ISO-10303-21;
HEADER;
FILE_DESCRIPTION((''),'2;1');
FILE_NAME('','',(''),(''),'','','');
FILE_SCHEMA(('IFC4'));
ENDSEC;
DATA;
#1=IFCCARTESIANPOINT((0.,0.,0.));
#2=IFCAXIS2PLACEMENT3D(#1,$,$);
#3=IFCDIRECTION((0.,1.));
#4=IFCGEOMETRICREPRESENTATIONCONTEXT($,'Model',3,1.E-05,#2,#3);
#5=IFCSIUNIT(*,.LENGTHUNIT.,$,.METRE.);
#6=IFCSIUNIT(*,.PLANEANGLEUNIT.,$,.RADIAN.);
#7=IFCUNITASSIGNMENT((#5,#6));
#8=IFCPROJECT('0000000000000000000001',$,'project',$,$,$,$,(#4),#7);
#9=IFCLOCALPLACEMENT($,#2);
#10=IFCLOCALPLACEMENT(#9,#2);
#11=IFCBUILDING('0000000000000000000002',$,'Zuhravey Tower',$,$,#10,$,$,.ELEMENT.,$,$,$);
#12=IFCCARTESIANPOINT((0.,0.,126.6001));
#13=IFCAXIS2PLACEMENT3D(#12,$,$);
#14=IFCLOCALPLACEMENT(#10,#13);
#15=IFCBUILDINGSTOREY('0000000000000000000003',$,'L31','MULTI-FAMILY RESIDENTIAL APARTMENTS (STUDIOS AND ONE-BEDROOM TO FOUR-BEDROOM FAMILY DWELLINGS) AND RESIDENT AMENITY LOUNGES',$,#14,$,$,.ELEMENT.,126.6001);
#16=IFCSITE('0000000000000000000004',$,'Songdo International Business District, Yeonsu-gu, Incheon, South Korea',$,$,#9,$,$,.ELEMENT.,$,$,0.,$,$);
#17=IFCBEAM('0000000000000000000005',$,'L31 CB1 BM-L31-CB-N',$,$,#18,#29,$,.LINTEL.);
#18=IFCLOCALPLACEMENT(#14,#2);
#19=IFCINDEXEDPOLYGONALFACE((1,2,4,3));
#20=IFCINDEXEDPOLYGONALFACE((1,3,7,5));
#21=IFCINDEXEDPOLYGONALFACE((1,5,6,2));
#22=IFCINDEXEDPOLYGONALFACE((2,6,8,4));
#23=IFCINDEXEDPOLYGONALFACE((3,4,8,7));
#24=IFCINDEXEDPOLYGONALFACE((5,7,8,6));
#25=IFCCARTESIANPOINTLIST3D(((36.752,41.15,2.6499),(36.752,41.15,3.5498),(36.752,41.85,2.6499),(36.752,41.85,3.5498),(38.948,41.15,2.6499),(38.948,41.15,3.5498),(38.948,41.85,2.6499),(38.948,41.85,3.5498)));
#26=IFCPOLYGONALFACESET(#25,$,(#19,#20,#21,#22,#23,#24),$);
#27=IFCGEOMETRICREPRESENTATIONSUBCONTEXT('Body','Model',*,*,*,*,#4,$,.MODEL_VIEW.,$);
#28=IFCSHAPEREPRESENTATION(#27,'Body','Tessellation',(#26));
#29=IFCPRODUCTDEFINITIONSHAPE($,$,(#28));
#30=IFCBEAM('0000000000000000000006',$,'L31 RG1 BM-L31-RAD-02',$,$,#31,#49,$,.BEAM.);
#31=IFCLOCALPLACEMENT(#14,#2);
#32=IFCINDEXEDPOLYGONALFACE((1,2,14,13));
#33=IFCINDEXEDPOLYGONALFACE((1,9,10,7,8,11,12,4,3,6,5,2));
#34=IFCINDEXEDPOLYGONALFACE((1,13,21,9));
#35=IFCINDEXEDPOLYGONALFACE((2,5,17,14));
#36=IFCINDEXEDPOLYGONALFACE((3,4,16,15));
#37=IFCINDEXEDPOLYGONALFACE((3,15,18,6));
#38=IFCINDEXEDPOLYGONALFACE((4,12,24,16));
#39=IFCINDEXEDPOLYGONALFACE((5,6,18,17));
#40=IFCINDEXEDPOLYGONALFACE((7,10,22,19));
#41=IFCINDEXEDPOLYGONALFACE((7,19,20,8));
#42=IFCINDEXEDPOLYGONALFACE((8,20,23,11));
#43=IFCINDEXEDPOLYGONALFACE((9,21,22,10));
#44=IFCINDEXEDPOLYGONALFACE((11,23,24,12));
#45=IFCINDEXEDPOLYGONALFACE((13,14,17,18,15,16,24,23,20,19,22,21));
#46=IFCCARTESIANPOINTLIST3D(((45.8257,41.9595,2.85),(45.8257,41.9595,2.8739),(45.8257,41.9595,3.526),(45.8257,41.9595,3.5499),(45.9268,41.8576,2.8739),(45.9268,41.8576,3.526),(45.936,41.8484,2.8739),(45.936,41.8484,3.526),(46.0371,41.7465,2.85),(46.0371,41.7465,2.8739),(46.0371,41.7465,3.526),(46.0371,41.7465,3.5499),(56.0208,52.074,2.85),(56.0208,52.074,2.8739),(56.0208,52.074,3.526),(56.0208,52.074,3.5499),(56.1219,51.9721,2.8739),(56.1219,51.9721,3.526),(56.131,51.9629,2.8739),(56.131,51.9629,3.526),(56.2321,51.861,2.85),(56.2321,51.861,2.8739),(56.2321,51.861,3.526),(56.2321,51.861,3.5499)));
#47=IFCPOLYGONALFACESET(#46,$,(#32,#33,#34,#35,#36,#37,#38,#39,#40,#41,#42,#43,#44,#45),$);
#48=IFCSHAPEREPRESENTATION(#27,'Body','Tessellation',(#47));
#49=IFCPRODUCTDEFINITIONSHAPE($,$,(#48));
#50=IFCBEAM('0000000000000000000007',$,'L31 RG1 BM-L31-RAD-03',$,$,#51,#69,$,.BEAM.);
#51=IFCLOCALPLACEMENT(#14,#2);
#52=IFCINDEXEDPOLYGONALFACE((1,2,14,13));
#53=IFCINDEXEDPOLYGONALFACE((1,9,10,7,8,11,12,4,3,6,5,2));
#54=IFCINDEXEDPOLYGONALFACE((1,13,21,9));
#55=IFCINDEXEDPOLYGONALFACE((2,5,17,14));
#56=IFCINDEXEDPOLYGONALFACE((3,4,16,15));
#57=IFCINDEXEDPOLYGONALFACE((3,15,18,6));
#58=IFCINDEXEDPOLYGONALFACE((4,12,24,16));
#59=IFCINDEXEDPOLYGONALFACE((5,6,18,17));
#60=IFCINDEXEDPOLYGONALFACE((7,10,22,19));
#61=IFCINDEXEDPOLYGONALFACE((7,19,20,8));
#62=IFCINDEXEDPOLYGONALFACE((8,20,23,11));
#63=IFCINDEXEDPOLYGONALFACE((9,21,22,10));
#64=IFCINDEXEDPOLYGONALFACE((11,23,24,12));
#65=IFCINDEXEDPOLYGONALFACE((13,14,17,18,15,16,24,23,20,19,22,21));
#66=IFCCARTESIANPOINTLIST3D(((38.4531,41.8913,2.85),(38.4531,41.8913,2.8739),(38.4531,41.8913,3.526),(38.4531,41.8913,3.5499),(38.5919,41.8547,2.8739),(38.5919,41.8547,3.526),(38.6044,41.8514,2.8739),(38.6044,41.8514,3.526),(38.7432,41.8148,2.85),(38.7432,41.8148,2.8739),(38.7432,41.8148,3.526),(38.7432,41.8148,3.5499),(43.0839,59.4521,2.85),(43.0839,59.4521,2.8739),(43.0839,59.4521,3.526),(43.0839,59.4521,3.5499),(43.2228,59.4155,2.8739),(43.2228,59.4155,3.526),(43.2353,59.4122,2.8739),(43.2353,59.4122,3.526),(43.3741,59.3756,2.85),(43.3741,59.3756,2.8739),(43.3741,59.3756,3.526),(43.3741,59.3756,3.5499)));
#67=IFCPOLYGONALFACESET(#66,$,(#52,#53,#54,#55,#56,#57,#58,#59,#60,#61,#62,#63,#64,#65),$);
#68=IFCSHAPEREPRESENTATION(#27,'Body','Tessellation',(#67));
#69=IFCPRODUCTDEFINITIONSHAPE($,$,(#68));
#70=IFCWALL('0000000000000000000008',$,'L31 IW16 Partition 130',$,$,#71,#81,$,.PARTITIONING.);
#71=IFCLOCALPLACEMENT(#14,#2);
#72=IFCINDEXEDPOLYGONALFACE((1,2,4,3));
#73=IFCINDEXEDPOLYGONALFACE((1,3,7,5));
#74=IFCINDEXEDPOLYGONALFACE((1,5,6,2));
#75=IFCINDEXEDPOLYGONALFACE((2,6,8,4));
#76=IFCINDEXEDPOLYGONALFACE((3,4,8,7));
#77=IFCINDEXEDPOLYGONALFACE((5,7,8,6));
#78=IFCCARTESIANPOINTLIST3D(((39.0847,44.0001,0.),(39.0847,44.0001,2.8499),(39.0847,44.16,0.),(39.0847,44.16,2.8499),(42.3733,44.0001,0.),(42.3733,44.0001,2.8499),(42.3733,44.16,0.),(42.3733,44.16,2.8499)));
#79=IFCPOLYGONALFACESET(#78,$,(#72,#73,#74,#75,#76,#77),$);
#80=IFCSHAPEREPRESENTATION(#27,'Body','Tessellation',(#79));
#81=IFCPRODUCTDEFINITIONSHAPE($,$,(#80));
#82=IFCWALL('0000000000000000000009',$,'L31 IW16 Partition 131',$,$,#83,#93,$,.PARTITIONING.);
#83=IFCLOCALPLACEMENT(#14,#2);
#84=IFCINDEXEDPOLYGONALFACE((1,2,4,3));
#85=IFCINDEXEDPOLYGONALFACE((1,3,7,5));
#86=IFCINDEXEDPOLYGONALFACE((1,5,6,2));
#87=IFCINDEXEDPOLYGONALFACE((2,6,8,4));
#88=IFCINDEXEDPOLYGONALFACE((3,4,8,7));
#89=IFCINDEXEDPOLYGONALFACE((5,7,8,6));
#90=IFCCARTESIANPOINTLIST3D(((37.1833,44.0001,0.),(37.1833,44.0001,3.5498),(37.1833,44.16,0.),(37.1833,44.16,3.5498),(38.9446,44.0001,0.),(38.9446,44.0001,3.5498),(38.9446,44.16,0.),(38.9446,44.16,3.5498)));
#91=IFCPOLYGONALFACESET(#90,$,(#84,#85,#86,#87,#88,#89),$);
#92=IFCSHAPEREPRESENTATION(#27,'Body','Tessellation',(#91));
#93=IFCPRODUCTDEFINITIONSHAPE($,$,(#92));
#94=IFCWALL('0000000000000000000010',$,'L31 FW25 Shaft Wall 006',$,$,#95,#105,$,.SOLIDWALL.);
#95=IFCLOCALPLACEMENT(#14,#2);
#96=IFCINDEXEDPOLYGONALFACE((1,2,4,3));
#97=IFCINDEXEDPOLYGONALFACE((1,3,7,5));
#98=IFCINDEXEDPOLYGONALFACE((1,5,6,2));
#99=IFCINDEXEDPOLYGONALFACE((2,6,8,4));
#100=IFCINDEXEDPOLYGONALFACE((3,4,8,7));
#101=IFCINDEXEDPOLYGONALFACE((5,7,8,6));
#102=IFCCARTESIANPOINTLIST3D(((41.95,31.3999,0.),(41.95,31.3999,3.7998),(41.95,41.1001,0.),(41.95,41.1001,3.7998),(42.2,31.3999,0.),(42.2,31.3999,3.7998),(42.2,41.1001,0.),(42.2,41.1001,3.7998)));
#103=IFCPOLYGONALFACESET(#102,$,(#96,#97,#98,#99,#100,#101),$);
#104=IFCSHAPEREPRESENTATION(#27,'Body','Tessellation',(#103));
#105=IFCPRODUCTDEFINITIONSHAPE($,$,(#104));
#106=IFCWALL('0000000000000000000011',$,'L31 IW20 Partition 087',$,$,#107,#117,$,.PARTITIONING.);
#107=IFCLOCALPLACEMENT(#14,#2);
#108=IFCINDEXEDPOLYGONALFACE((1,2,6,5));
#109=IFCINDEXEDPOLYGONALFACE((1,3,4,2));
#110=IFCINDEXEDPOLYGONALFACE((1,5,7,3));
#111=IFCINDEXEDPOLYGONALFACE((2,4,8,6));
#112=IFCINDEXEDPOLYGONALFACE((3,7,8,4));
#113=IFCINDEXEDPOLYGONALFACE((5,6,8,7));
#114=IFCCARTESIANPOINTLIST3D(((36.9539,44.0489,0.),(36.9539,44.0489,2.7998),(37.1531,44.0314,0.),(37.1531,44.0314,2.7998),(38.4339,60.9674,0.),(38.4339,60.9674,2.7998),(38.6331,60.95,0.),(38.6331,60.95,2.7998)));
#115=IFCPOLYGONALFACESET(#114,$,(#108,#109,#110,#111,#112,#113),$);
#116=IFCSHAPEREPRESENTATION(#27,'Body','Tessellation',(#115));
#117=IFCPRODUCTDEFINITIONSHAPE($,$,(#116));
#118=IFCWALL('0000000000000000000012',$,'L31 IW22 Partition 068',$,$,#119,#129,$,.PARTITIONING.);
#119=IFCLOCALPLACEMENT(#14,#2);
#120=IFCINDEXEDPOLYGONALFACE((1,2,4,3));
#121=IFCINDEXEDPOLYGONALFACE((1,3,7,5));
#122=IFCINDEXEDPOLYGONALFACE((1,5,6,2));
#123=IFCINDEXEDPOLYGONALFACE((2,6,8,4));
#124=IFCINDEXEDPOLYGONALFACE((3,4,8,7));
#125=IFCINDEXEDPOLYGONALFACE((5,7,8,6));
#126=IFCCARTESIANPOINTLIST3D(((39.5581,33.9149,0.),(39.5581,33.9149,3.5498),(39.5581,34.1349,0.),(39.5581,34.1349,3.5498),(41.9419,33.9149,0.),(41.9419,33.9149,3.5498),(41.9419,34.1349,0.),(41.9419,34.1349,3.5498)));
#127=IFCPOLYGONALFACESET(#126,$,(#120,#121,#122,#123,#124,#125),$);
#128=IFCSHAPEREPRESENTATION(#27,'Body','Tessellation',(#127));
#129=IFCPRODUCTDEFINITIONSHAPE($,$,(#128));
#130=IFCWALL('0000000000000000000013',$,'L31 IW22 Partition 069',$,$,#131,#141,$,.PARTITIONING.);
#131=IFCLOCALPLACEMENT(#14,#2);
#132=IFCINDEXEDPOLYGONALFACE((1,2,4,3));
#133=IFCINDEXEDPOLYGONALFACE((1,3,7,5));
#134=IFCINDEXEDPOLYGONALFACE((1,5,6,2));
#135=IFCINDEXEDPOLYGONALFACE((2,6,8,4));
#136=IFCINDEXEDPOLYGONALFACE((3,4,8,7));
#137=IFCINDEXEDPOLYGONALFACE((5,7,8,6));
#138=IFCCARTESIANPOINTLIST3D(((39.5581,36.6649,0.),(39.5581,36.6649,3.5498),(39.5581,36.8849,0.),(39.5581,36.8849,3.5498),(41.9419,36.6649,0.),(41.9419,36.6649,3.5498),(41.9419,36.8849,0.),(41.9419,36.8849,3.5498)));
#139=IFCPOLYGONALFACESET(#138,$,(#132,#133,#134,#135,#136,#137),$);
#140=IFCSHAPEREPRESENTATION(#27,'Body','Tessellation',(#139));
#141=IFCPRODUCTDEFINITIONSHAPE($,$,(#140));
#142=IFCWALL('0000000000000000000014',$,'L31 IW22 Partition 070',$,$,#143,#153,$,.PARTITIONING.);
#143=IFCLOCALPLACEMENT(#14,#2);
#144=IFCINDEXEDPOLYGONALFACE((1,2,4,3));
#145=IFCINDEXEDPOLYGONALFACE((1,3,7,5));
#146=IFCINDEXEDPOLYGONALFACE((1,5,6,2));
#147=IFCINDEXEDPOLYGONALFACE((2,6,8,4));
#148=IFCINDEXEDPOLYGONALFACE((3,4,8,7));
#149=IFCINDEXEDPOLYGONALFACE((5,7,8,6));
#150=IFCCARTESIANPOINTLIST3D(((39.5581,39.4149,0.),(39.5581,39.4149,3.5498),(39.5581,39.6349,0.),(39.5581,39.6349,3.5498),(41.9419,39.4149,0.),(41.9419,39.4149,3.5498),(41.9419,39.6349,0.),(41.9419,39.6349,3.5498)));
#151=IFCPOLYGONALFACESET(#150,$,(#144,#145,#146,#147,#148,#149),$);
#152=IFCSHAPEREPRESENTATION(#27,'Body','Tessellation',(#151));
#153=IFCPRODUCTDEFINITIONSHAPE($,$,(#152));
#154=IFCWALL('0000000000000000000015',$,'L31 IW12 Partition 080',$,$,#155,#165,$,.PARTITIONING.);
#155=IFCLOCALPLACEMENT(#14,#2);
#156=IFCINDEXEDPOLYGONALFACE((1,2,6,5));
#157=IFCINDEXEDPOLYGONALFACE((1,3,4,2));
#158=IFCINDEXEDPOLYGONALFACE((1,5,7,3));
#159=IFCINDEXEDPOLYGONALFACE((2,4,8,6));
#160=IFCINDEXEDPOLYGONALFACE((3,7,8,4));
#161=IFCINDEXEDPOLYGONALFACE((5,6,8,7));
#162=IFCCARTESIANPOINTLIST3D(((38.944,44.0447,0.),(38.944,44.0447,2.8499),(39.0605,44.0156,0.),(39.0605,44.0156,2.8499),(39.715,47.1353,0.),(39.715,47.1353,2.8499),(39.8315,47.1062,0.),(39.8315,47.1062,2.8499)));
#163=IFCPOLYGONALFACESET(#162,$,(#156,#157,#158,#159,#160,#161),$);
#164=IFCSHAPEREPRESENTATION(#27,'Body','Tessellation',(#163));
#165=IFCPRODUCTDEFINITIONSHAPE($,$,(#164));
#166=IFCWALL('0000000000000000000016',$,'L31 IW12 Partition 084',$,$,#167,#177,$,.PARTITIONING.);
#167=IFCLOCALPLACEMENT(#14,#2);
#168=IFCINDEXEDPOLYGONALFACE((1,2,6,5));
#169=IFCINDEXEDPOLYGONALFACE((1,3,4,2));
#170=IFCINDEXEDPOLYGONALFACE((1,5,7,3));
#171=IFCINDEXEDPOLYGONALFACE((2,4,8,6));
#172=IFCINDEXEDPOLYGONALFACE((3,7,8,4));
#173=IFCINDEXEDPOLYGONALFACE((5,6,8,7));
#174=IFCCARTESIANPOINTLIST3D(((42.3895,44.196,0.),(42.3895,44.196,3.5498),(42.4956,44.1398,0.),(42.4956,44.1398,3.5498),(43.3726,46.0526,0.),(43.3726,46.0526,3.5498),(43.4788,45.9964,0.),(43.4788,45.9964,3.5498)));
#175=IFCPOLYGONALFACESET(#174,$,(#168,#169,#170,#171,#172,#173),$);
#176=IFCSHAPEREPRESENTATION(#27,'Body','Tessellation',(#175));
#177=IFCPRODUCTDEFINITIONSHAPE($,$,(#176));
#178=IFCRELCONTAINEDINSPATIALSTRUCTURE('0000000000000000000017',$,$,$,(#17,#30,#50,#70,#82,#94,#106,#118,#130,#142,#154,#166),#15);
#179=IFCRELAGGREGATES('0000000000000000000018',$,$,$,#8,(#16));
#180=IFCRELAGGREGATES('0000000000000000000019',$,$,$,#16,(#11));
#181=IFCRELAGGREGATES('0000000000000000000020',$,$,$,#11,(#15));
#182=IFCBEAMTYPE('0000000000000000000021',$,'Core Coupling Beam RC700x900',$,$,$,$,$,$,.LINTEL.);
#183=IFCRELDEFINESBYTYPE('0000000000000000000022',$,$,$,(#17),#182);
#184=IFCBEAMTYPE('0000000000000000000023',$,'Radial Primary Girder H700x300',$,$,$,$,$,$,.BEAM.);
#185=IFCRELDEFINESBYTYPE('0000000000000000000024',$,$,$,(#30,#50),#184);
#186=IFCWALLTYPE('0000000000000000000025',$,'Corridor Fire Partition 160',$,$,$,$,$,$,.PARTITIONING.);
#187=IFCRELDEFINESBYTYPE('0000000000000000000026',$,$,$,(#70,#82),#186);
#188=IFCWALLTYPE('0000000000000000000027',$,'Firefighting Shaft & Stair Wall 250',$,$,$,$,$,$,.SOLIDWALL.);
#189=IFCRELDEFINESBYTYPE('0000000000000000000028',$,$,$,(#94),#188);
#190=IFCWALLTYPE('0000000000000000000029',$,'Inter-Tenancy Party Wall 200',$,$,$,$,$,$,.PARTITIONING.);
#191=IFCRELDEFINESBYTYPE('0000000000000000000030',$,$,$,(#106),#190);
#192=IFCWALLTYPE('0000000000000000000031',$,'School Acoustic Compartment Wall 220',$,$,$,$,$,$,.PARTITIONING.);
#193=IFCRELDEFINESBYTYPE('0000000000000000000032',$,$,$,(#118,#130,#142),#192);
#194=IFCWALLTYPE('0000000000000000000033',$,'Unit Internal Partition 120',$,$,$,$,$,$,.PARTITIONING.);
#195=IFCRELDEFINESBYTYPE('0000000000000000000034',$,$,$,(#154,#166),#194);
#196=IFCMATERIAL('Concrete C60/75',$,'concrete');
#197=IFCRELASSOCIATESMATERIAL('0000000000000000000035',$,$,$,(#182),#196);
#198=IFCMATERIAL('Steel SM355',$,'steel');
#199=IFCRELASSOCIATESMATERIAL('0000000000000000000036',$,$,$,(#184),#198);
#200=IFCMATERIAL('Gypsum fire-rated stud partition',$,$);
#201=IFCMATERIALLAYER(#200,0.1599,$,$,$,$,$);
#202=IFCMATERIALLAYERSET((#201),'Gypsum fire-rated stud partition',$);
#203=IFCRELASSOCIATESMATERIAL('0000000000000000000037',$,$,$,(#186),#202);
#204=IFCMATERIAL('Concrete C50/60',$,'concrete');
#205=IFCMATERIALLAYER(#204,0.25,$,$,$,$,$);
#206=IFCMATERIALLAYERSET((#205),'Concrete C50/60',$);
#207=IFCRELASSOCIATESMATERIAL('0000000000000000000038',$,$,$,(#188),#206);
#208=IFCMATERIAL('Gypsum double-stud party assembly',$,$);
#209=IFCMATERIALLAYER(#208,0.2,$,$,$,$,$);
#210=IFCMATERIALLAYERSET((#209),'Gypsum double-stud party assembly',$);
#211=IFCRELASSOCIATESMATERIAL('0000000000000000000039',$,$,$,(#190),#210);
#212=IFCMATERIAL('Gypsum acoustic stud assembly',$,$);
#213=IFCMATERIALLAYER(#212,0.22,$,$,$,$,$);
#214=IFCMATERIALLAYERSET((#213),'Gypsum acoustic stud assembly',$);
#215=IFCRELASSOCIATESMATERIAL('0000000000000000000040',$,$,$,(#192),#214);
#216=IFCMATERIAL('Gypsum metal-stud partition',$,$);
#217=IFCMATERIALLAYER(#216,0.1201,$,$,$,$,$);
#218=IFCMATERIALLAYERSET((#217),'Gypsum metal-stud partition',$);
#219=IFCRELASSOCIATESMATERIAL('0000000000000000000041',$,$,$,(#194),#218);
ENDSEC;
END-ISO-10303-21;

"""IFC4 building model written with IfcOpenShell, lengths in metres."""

from ifc_helpers import new_model, si_unit, direction, frame, frame_2d, origin, origin_2d, place, context, subcontext, project, spatial, rectangle, i_section, extrude, material, layer, layer_set, material_profile, profile_set, type_object, element, save


model = new_model("IFC4")

# Units and contexts
model_context = context("Model", 3, precision=1e-05, world=origin(), true_north=direction((0.0, 1.0)))
body_context = subcontext(model_context, "Body", "Model", "MODEL_VIEW")
ifc_project = project(units=[si_unit("LENGTHUNIT", "METRE"), si_unit("PLANEANGLEUNIT", "RADIAN")], contexts=[model_context])

# Site, building, storey
site_placement = place(None, origin())
site = spatial("IfcSite", under=ifc_project, at=site_placement, Name="Songdo International Business District, Yeonsu-gu, Incheon, South Korea", CompositionType="ELEMENT", RefElevation=0.0)
building_placement = place(site_placement, origin())
building = spatial("IfcBuilding", under=site, at=building_placement, Name="Zuhravey Tower", CompositionType="ELEMENT")
storey_placement = place(building_placement, frame((0.0, 0.0, 126.6001)))
storey = spatial("IfcBuildingStorey", under=building, at=storey_placement, Name="L31", Description="MULTI-FAMILY RESIDENTIAL APARTMENTS (STUDIOS AND ONE-BEDROOM TO FOUR-BEDROOM FAMILY DWELLINGS) AND RESIDENT AMENITY LOUNGES", CompositionType="ELEMENT", Elevation=126.6001)

# Beams
ifc_material_1 = material(Name="Concrete C60/75", Category="concrete")
ifc_material_profile_1 = material_profile(ifc_material_1, rectangle(XDim=0.7, YDim=0.8999, at=origin_2d()), Name="RC-700x900")
ifc_profile_set_1 = profile_set([ifc_material_profile_1], Name="Concrete C60/75")
beam_type_1 = type_object("IfcBeamType", Name="Core Coupling Beam RC700x900", PredefinedType="LINTEL", material=ifc_profile_set_1)
beam_1_placement = place(storey_placement, frame((36.752, 41.5, 3.0999), z_axis=(1.0, 0.0, 0.0), x_axis=(0.0, 1.0, 0.0)))
element("IfcBeam", 1, at=beam_1_placement, inside=storey, type_object=beam_type_1, Name="L31 CB1 BM-L31-CB-N", PredefinedType="LINTEL", context=body_context, shape_type="SweptSolid", body=[
    extrude(rectangle(XDim=0.7, YDim=0.8999, at=origin_2d()), origin(), (0.0, 0.0, 1.0), 2.196),
])
ifc_material_2 = material(Name="Steel SM355", Category="steel")
ifc_material_profile_2 = material_profile(ifc_material_2, i_section(OverallWidth=0.3, OverallDepth=0.7, WebThickness=0.0129, FlangeThickness=0.0239, at=origin_2d()), Name="H-700x300x13x24")
ifc_profile_set_2 = profile_set([ifc_material_profile_2], Name="Steel SM355")
beam_type_2 = type_object("IfcBeamType", Name="Radial Primary Girder H700x300", PredefinedType="BEAM", material=ifc_profile_set_2)
beam_2_placement = place(storey_placement, frame((45.9314, 41.853, 3.2), z_axis=(0.709906, 0.704296, 0.0), x_axis=(-0.704296, 0.709906, 0.0)))
element("IfcBeam", 2, at=beam_2_placement, inside=storey, type_object=beam_type_2, Name="L31 RG1 BM-L31-RAD-02", PredefinedType="BEAM", context=body_context, shape_type="SweptSolid", body=[
    extrude(i_section(OverallWidth=0.3, OverallDepth=0.7, WebThickness=0.0129, FlangeThickness=0.0239, at=origin_2d()), origin(), (0.0, 0.0, 1.0), 14.3611),
])
beam_3_placement = place(storey_placement, frame((38.5981, 41.853, 3.2), z_axis=(0.254988, 0.966944, 0.0), x_axis=(-0.966944, 0.254988, 0.0)))
element("IfcBeam", 3, at=beam_3_placement, inside=storey, type_object=beam_type_2, Name="L31 RG1 BM-L31-RAD-03", PredefinedType="BEAM", context=body_context, shape_type="SweptSolid", body=[
    extrude(i_section(OverallWidth=0.3, OverallDepth=0.7, WebThickness=0.0129, FlangeThickness=0.0239, at=origin_2d()), origin(), (0.0, 0.0, 1.0), 18.1611),
])

# Shared definitions
ifc_material_3 = material(Name="Gypsum fire-rated stud partition")
ifc_layer_1 = layer(ifc_material_3, 0.1599)
ifc_layer_set_1 = layer_set([ifc_layer_1], Name="Gypsum fire-rated stud partition")
wall_type_1 = type_object("IfcWallType", Name="Corridor Fire Partition 160", PredefinedType="PARTITIONING", material=ifc_layer_set_1)

# Walls
wall_1_placement = place(storey_placement, frame((42.3733, 44.0801, 0.0), z_axis=(0.0, 0.0, 1.0), x_axis=(-1.0, 0.0, 0.0)))
element("IfcWall", 4, at=wall_1_placement, inside=storey, type_object=wall_type_1, Name="L31 IW16 Partition 130", PredefinedType="PARTITIONING", context=body_context, shape_type="SweptSolid", body=[
    extrude(rectangle(XDim=3.2886, YDim=0.1599, at=frame_2d((1.6443, 0.0))), origin(), (0.0, 0.0, 1.0), 2.8499),
])
wall_2_placement = place(storey_placement, frame((38.9446, 44.0801, 0.0), z_axis=(0.0, 0.0, 1.0), x_axis=(-1.0, 0.0, 0.0)))
element("IfcWall", 5, at=wall_2_placement, inside=storey, type_object=wall_type_1, Name="L31 IW16 Partition 131", PredefinedType="PARTITIONING", context=body_context, shape_type="SweptSolid", body=[
    extrude(rectangle(XDim=1.7612, YDim=0.1599, at=frame_2d((0.8806, 0.0))), origin(), (0.0, 0.0, 1.0), 3.5498),
])

# Shared definitions
ifc_material_4 = material(Name="Concrete C50/60", Category="concrete")
ifc_layer_2 = layer(ifc_material_4, 0.25)
ifc_layer_set_2 = layer_set([ifc_layer_2], Name="Concrete C50/60")
wall_type_2 = type_object("IfcWallType", Name="Firefighting Shaft & Stair Wall 250", PredefinedType="SOLIDWALL", material=ifc_layer_set_2)

# Walls
wall_3_placement = place(storey_placement, frame((42.075, 31.3999, 0.0), z_axis=(0.0, 0.0, 1.0), x_axis=(0.0, 1.0, 0.0)))
element("IfcWall", 6, at=wall_3_placement, inside=storey, type_object=wall_type_2, Name="L31 FW25 Shaft Wall 006", PredefinedType="SOLIDWALL", context=body_context, shape_type="SweptSolid", body=[
    extrude(rectangle(XDim=9.7002, YDim=0.25, at=frame_2d((4.8501, 0.0))), origin(), (0.0, 0.0, 1.0), 3.7998),
])
ifc_material_5 = material(Name="Gypsum double-stud party assembly")
ifc_layer_3 = layer(ifc_material_5, 0.2)
ifc_layer_set_3 = layer_set([ifc_layer_3], Name="Gypsum double-stud party assembly")
wall_type_3 = type_object("IfcWallType", Name="Inter-Tenancy Party Wall 200", PredefinedType="PARTITIONING", material=ifc_layer_set_3)
wall_4_placement = place(storey_placement, frame((37.0535, 44.04, 0.0), z_axis=(0.0, 0.0, 1.0), x_axis=(0.087144, 0.996196, 0.0)))
element("IfcWall", 7, at=wall_4_placement, inside=storey, type_object=wall_type_3, Name="L31 IW20 Partition 087", PredefinedType="PARTITIONING", context=body_context, shape_type="SweptSolid", body=[
    extrude(rectangle(XDim=16.9832, YDim=0.2, at=frame_2d((8.4917, 0.0))), origin(), (0.0, 0.0, 1.0), 2.7998),
])
ifc_material_6 = material(Name="Gypsum acoustic stud assembly")
ifc_layer_4 = layer(ifc_material_6, 0.22)
ifc_layer_set_4 = layer_set([ifc_layer_4], Name="Gypsum acoustic stud assembly")
wall_type_4 = type_object("IfcWallType", Name="School Acoustic Compartment Wall 220", PredefinedType="PARTITIONING", material=ifc_layer_set_4)
for number, where, z_axis, x_axis, name in (
    (8, (39.5581, 34.0249, 0.0), (0.0, 0.0, 1.0), (1.0, 0.0, 0.0), "L31 IW22 Partition 068"),
    (9, (39.5581, 36.7749, 0.0), (0.0, 0.0, 1.0), (1.0, 0.0, 0.0), "L31 IW22 Partition 069"),
    (10, (39.5581, 39.5249, 0.0), (0.0, 0.0, 1.0), (1.0, 0.0, 0.0), "L31 IW22 Partition 070"),
):
    element("IfcWall", number, at=place(storey_placement, frame(where, z_axis=z_axis, x_axis=x_axis)), inside=storey, type_object=wall_type_4, Name=name, PredefinedType="PARTITIONING", context=body_context, shape_type="SweptSolid", body=[
        extrude(rectangle(XDim=2.3838, YDim=0.22, at=frame_2d((1.1919, 0.0))), origin(), (0.0, 0.0, 1.0), 3.5498),
    ])
ifc_material_7 = material(Name="Gypsum metal-stud partition")
ifc_layer_5 = layer(ifc_material_7, 0.1201)
ifc_layer_set_5 = layer_set([ifc_layer_5], Name="Gypsum metal-stud partition")
wall_type_5 = type_object("IfcWallType", Name="Unit Internal Partition 120", PredefinedType="PARTITIONING", material=ifc_layer_set_5)
wall_5_placement = place(storey_placement, frame((39.0022, 44.03, 0.0), z_axis=(0.0, 0.0, 1.0), x_axis=(0.242049, 0.970264, 0.0)))
element("IfcWall", 11, at=wall_5_placement, inside=storey, type_object=wall_type_5, Name="L31 IW12 Partition 080", PredefinedType="PARTITIONING", context=body_context, shape_type="SweptSolid", body=[
    extrude(rectangle(XDim=3.1853, YDim=0.1201, at=frame_2d((1.5928, 0.0))), origin(), (0.0, 0.0, 1.0), 2.8499),
])
wall_6_placement = place(storey_placement, frame((42.4426, 44.168, 0.0), z_axis=(0.0, 0.0, 1.0), x_axis=(0.467962, 0.883748, 0.0)))
element("IfcWall", 12, at=wall_6_placement, inside=storey, type_object=wall_type_5, Name="L31 IW12 Partition 084", PredefinedType="PARTITIONING", context=body_context, shape_type="SweptSolid", body=[
    extrude(rectangle(XDim=2.1008, YDim=0.1201, at=frame_2d((1.0503, 0.0))), origin(), (0.0, 0.0, 1.0), 3.5498),
])

save(model, "model.ifc")
